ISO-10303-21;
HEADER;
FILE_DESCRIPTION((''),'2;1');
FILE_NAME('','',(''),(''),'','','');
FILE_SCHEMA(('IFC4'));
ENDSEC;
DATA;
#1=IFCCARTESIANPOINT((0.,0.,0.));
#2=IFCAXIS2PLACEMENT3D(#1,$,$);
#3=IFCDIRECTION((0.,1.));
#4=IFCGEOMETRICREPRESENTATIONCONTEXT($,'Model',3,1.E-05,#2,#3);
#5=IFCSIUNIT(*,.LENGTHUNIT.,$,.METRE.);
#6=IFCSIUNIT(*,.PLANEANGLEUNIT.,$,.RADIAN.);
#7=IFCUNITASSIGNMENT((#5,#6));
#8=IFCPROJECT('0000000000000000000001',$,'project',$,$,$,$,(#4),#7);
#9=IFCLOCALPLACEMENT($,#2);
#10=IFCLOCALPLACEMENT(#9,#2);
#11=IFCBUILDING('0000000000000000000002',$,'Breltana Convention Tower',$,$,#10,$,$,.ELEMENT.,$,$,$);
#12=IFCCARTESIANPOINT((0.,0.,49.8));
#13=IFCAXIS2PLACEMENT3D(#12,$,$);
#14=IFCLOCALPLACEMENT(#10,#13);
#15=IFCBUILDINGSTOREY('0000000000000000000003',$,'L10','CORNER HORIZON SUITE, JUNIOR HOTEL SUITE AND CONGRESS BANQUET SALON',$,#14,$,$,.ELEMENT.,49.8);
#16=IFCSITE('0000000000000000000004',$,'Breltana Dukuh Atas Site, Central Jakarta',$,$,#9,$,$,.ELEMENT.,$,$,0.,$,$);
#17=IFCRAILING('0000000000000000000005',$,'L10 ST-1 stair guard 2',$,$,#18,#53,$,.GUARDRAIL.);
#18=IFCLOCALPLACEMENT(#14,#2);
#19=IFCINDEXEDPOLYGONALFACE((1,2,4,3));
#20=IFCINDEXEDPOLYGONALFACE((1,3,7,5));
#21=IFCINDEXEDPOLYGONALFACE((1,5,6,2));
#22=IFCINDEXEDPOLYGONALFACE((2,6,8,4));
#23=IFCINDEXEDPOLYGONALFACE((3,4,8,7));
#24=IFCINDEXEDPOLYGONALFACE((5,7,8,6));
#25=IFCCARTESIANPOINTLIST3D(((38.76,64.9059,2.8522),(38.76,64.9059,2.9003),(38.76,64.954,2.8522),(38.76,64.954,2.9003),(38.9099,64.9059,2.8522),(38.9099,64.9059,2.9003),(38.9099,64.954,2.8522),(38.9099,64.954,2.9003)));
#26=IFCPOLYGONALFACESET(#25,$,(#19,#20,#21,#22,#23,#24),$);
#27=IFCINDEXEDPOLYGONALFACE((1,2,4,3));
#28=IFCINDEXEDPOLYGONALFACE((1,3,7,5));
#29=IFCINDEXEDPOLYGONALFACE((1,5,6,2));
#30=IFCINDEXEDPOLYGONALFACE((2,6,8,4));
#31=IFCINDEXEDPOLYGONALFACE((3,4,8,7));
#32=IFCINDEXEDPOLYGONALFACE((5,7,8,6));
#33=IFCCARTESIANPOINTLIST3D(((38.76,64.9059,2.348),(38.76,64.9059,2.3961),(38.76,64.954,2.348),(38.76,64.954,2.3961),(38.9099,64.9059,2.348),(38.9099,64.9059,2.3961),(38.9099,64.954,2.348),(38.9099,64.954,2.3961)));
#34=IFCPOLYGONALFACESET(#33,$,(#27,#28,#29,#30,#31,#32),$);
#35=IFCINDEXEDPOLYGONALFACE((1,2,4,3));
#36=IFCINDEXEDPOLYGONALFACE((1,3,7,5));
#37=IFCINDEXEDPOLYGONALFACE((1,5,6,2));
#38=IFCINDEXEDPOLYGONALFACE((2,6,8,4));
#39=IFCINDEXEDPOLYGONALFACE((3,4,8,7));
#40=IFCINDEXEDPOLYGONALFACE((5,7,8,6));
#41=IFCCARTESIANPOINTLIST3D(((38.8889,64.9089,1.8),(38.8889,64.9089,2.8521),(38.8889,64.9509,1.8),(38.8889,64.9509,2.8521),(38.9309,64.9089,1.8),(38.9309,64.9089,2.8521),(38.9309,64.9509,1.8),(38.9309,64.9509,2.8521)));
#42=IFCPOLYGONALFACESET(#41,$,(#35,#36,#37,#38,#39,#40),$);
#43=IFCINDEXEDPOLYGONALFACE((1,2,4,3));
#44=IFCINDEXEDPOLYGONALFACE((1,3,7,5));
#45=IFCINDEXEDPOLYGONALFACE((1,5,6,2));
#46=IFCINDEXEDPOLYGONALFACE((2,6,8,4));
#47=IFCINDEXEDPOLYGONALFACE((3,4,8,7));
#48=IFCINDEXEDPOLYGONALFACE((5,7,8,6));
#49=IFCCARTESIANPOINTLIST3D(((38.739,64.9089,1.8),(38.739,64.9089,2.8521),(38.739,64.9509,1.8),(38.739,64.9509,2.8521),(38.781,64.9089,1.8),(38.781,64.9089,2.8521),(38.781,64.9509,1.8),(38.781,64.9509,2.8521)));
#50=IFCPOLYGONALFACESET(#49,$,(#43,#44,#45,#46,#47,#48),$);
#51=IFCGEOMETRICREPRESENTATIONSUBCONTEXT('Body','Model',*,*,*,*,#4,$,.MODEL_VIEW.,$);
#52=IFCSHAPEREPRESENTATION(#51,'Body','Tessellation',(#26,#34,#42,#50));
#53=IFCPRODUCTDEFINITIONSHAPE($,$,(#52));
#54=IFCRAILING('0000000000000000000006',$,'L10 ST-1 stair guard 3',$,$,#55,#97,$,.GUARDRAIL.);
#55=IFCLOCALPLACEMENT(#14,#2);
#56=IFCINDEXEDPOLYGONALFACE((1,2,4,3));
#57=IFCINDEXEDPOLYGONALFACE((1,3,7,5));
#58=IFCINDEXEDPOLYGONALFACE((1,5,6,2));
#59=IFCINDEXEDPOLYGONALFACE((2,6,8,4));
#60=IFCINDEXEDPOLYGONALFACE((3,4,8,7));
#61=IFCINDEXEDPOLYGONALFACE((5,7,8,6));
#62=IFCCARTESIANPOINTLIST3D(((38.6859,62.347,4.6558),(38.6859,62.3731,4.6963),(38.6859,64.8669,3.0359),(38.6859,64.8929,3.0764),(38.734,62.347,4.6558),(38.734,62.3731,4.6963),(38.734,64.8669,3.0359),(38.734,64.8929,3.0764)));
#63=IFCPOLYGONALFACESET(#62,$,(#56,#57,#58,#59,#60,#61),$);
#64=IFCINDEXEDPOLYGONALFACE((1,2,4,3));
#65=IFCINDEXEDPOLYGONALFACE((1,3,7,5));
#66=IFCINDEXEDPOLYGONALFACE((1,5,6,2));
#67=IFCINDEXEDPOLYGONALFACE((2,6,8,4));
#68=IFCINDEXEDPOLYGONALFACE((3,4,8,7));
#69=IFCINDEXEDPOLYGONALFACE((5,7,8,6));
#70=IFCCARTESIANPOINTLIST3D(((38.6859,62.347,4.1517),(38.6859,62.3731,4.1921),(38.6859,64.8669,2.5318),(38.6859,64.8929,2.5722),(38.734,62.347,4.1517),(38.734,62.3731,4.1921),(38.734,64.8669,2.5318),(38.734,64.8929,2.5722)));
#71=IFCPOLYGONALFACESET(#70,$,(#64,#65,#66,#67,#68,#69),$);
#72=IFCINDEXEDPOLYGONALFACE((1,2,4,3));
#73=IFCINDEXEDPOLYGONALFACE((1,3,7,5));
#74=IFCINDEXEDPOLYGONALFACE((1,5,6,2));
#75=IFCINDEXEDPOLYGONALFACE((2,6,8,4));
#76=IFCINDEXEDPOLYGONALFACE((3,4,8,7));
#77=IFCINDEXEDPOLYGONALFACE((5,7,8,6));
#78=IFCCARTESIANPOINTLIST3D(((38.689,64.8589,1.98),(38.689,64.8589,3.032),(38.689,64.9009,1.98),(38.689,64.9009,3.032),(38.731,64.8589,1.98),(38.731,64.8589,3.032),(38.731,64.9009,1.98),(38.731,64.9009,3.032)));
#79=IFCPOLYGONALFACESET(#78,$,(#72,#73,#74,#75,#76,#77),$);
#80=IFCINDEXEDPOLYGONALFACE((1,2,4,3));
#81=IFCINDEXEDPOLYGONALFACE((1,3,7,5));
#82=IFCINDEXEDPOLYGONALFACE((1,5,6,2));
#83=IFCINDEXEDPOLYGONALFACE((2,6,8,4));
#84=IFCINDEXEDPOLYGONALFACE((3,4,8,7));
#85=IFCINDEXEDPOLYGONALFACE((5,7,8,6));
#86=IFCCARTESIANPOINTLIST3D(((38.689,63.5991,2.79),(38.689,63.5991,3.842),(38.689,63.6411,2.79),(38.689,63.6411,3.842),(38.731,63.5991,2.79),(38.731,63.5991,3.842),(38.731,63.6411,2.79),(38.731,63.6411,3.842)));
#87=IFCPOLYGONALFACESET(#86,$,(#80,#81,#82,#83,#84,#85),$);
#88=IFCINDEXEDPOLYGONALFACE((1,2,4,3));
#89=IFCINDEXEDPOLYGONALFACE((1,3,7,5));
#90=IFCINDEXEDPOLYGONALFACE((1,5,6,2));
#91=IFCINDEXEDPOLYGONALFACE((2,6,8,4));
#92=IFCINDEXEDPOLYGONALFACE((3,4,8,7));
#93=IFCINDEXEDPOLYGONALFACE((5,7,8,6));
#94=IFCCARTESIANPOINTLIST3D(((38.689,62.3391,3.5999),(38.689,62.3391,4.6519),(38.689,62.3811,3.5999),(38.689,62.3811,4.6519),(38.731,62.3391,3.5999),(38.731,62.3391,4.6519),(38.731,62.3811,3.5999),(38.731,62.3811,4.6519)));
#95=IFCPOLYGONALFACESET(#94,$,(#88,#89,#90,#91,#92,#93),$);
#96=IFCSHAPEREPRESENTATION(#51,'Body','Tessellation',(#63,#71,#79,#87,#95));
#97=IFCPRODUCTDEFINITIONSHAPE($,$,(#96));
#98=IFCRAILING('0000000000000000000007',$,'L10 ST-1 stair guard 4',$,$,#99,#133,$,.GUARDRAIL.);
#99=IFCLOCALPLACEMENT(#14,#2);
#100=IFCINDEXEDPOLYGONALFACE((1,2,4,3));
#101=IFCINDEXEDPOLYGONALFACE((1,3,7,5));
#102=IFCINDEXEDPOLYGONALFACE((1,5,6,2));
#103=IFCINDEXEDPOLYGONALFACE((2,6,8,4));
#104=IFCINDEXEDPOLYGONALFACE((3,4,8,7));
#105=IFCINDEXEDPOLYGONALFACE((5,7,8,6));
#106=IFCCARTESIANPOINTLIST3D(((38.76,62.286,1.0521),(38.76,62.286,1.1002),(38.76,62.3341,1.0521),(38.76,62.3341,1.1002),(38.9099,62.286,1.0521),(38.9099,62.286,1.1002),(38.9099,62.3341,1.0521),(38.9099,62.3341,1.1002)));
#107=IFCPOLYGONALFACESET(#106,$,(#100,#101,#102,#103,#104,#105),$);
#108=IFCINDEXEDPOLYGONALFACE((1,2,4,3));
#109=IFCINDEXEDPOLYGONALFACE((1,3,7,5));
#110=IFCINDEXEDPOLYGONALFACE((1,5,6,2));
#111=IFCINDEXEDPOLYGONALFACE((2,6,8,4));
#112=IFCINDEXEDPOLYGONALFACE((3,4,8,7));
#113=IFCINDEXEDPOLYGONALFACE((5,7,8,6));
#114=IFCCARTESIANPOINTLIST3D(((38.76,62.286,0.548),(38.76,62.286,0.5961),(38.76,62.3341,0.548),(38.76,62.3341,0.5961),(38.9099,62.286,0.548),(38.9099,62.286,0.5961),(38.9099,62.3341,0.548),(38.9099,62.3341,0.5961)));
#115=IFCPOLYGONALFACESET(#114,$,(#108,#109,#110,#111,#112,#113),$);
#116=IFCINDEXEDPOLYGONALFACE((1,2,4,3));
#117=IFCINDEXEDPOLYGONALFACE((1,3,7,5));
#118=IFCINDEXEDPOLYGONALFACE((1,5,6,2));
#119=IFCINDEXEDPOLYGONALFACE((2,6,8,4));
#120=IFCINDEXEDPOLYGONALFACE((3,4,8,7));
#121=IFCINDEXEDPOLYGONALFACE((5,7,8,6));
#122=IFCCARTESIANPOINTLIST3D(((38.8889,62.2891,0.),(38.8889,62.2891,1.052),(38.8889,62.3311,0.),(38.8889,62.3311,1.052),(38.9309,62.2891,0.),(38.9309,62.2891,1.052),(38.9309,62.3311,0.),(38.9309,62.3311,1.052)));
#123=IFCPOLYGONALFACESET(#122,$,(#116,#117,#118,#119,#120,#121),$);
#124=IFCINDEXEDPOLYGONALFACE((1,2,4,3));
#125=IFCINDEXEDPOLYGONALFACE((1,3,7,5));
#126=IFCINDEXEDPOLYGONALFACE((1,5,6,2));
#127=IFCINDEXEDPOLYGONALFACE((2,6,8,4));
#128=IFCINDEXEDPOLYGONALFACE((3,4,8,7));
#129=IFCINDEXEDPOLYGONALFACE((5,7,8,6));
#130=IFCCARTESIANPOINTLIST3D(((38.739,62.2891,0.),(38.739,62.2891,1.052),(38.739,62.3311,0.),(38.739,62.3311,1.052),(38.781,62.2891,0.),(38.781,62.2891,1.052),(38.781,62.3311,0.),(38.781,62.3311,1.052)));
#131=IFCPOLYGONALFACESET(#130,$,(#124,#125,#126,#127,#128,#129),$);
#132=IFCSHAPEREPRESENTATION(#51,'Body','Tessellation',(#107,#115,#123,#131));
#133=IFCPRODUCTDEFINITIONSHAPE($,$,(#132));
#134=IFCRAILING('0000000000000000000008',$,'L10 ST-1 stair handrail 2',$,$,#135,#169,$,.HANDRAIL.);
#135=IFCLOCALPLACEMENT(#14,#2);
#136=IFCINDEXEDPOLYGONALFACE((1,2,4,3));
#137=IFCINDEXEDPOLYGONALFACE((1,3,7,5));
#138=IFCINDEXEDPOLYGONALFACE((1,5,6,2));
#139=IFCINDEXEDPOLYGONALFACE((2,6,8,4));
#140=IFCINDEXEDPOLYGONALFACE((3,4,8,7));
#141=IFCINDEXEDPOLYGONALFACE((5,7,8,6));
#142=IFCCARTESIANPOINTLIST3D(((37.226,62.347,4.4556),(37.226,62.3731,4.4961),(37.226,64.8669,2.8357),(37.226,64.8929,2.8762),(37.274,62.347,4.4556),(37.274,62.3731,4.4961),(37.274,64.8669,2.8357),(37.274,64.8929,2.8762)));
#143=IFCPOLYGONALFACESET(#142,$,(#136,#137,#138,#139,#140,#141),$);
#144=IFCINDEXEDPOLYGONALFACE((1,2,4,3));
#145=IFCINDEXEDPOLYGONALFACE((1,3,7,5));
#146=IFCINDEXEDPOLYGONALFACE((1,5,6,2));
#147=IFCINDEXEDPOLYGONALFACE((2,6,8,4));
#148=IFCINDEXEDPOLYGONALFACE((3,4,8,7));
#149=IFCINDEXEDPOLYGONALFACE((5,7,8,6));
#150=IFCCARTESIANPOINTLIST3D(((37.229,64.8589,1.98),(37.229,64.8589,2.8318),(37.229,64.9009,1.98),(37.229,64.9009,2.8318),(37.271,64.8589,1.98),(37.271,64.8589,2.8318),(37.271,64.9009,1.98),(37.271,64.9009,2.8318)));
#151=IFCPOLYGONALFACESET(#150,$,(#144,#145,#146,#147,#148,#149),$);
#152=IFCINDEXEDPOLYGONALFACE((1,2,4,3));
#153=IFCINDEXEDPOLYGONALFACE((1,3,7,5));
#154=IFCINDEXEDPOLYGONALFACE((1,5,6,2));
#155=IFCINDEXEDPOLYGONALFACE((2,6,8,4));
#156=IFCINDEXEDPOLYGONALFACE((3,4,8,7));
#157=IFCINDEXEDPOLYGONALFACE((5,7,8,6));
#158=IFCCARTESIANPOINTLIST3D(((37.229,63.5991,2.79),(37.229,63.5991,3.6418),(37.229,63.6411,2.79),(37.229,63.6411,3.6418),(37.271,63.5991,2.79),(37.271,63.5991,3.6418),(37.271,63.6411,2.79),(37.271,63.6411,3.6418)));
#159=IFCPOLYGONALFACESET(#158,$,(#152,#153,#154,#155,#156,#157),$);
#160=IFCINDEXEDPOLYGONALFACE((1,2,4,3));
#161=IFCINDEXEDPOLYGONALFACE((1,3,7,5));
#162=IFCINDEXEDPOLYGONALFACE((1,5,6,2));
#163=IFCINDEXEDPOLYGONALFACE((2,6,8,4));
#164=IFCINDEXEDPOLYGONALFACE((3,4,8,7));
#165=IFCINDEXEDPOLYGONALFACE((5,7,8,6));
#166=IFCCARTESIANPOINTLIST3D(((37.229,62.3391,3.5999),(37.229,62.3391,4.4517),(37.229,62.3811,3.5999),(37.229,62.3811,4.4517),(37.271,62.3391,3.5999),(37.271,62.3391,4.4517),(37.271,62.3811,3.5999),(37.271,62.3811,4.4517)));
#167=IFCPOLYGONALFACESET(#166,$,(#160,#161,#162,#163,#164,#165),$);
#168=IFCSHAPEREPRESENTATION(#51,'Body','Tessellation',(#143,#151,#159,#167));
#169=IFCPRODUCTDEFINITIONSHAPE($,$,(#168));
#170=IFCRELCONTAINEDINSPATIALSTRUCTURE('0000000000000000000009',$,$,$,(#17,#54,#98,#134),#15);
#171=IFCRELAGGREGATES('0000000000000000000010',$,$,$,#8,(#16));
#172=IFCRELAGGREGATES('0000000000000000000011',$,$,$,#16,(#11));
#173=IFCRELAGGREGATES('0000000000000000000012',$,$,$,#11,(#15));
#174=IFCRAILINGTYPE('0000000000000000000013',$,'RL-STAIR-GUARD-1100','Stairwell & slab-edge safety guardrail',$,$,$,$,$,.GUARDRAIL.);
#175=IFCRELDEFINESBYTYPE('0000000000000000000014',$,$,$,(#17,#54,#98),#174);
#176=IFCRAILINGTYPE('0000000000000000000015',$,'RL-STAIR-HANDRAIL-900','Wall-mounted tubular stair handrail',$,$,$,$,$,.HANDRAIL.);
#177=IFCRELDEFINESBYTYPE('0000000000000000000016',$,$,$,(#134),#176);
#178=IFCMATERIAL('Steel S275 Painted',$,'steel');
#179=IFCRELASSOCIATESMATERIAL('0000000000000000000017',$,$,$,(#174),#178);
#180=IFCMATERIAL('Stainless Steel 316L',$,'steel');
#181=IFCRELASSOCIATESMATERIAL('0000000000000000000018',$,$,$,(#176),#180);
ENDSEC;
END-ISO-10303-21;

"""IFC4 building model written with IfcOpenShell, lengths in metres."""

from ifc_helpers import new_model, si_unit, direction, frame, origin, origin_2d, place, context, subcontext, project, spatial, rectangle, extrude, material, type_object, element, save


model = new_model("IFC4")

# Units and contexts
model_context = context("Model", 3, precision=1e-05, world=origin(), true_north=direction((0.0, 1.0)))
body_context = subcontext(model_context, "Body", "Model", "MODEL_VIEW")
ifc_project = project(units=[si_unit("LENGTHUNIT", "METRE"), si_unit("PLANEANGLEUNIT", "RADIAN")], contexts=[model_context])

# Site, building, storey
site_placement = place(None, origin())
site = spatial("IfcSite", under=ifc_project, at=site_placement, Name="Breltana Dukuh Atas Site, Central Jakarta", CompositionType="ELEMENT", RefElevation=0.0)
building_placement = place(site_placement, origin())
building = spatial("IfcBuilding", under=site, at=building_placement, Name="Breltana Convention Tower", CompositionType="ELEMENT")
storey_placement = place(building_placement, frame((0.0, 0.0, 49.8)))
storey = spatial("IfcBuildingStorey", under=building, at=storey_placement, Name="L10", Description="CORNER HORIZON SUITE, JUNIOR HOTEL SUITE AND CONGRESS BANQUET SALON", CompositionType="ELEMENT", Elevation=49.8)

# Railings
ifc_material_1 = material(Name="Steel S275 Painted", Category="steel")
railing_type_1 = type_object("IfcRailingType", Name="RL-STAIR-GUARD-1100", Description="Stairwell & slab-edge safety guardrail", PredefinedType="GUARDRAIL", material=ifc_material_1)
railing_1_placement = place(storey_placement, frame((38.9099, 64.9299, 1.8)))
element("IfcRailing", 1, at=railing_1_placement, inside=storey, type_object=railing_type_1, Name="L10 ST-1 stair guard 2", PredefinedType="GUARDRAIL", context=body_context, shape_type="SweptSolid", body=[
    extrude(rectangle(XDim=0.0481, YDim=0.0481, at=origin_2d()), frame((0.0, 0.0, 1.0762), z_axis=(-1.0, 0.0, 0.0), x_axis=(0.0, -1.0, 0.0)), (0.0, 0.0, 1.0), 0.1499),
    extrude(rectangle(XDim=0.0481, YDim=0.0481, at=origin_2d()), frame((0.0, 0.0, 0.572), z_axis=(-1.0, 0.0, 0.0), x_axis=(0.0, -1.0, 0.0)), (0.0, 0.0, 1.0), 0.1499),
    extrude(rectangle(XDim=0.042, YDim=0.042, at=origin_2d()), origin(), (0.0, 0.0, 1.0), 1.052),
    extrude(rectangle(XDim=0.042, YDim=0.042, at=origin_2d()), frame((-0.1499, 0.0, 0.0)), (0.0, 0.0, 1.0), 1.052),
])
railing_2_placement = place(storey_placement, frame((38.71, 64.8799, 1.98)))
element("IfcRailing", 2, at=railing_2_placement, inside=storey, type_object=railing_type_1, Name="L10 ST-1 stair guard 3", PredefinedType="GUARDRAIL", context=body_context, shape_type="SweptSolid", body=[
    extrude(rectangle(XDim=0.0481, YDim=0.0481, at=origin_2d()), frame((0.0, 0.0, 1.0762), z_axis=(0.0, -0.841176, 0.540762), x_axis=(1.0, 0.0, 0.0)), (0.0, 0.0, 1.0), 2.9956),
    extrude(rectangle(XDim=0.0481, YDim=0.0481, at=origin_2d()), frame((0.0, 0.0, 0.572), z_axis=(0.0, -0.841176, 0.540762), x_axis=(1.0, 0.0, 0.0)), (0.0, 0.0, 1.0), 2.9956),
    extrude(rectangle(XDim=0.042, YDim=0.042, at=origin_2d()), origin(), (0.0, 0.0, 1.0), 1.052),
    extrude(rectangle(XDim=0.042, YDim=0.042, at=origin_2d()), frame((0.0, -1.2598, 0.8101)), (0.0, 0.0, 1.0), 1.052),
    extrude(rectangle(XDim=0.042, YDim=0.042, at=origin_2d()), frame((0.0, -2.5198, 1.6199)), (0.0, 0.0, 1.0), 1.052),
])
railing_3_placement = place(storey_placement, frame((38.9099, 62.3101, 0.0)))
element("IfcRailing", 3, at=railing_3_placement, inside=storey, type_object=railing_type_1, Name="L10 ST-1 stair guard 4", PredefinedType="GUARDRAIL", context=body_context, shape_type="SweptSolid", body=[
    extrude(rectangle(XDim=0.0481, YDim=0.0481, at=origin_2d()), frame((0.0, 0.0, 1.0762), z_axis=(-1.0, 0.0, 0.0), x_axis=(0.0, -1.0, 0.0)), (0.0, 0.0, 1.0), 0.1499),
    extrude(rectangle(XDim=0.0481, YDim=0.0481, at=origin_2d()), frame((0.0, 0.0, 0.572), z_axis=(-1.0, 0.0, 0.0), x_axis=(0.0, -1.0, 0.0)), (0.0, 0.0, 1.0), 0.1499),
    extrude(rectangle(XDim=0.042, YDim=0.042, at=origin_2d()), origin(), (0.0, 0.0, 1.0), 1.052),
    extrude(rectangle(XDim=0.042, YDim=0.042, at=origin_2d()), frame((-0.1499, 0.0, 0.0)), (0.0, 0.0, 1.0), 1.052),
])
ifc_material_2 = material(Name="Stainless Steel 316L", Category="steel")
railing_type_2 = type_object("IfcRailingType", Name="RL-STAIR-HANDRAIL-900", Description="Wall-mounted tubular stair handrail", PredefinedType="HANDRAIL", material=ifc_material_2)
railing_4_placement = place(storey_placement, frame((37.25, 64.8799, 1.98)))
element("IfcRailing", 4, at=railing_4_placement, inside=storey, type_object=railing_type_2, Name="L10 ST-1 stair handrail 2", PredefinedType="HANDRAIL", context=body_context, shape_type="SweptSolid", body=[
    extrude(rectangle(XDim=0.0481, YDim=0.0481, at=origin_2d()), frame((0.0, 0.0, 0.876), z_axis=(0.0, -0.841176, 0.540762), x_axis=(1.0, 0.0, 0.0)), (0.0, 0.0, 1.0), 2.9956),
    extrude(rectangle(XDim=0.042, YDim=0.042, at=origin_2d()), origin(), (0.0, 0.0, 1.0), 0.8518),
    extrude(rectangle(XDim=0.042, YDim=0.042, at=origin_2d()), frame((0.0, -1.2598, 0.8101)), (0.0, 0.0, 1.0), 0.8518),
    extrude(rectangle(XDim=0.042, YDim=0.042, at=origin_2d()), frame((0.0, -2.5198, 1.6199)), (0.0, 0.0, 1.0), 0.8518),
])

save(model, "model.ifc")
